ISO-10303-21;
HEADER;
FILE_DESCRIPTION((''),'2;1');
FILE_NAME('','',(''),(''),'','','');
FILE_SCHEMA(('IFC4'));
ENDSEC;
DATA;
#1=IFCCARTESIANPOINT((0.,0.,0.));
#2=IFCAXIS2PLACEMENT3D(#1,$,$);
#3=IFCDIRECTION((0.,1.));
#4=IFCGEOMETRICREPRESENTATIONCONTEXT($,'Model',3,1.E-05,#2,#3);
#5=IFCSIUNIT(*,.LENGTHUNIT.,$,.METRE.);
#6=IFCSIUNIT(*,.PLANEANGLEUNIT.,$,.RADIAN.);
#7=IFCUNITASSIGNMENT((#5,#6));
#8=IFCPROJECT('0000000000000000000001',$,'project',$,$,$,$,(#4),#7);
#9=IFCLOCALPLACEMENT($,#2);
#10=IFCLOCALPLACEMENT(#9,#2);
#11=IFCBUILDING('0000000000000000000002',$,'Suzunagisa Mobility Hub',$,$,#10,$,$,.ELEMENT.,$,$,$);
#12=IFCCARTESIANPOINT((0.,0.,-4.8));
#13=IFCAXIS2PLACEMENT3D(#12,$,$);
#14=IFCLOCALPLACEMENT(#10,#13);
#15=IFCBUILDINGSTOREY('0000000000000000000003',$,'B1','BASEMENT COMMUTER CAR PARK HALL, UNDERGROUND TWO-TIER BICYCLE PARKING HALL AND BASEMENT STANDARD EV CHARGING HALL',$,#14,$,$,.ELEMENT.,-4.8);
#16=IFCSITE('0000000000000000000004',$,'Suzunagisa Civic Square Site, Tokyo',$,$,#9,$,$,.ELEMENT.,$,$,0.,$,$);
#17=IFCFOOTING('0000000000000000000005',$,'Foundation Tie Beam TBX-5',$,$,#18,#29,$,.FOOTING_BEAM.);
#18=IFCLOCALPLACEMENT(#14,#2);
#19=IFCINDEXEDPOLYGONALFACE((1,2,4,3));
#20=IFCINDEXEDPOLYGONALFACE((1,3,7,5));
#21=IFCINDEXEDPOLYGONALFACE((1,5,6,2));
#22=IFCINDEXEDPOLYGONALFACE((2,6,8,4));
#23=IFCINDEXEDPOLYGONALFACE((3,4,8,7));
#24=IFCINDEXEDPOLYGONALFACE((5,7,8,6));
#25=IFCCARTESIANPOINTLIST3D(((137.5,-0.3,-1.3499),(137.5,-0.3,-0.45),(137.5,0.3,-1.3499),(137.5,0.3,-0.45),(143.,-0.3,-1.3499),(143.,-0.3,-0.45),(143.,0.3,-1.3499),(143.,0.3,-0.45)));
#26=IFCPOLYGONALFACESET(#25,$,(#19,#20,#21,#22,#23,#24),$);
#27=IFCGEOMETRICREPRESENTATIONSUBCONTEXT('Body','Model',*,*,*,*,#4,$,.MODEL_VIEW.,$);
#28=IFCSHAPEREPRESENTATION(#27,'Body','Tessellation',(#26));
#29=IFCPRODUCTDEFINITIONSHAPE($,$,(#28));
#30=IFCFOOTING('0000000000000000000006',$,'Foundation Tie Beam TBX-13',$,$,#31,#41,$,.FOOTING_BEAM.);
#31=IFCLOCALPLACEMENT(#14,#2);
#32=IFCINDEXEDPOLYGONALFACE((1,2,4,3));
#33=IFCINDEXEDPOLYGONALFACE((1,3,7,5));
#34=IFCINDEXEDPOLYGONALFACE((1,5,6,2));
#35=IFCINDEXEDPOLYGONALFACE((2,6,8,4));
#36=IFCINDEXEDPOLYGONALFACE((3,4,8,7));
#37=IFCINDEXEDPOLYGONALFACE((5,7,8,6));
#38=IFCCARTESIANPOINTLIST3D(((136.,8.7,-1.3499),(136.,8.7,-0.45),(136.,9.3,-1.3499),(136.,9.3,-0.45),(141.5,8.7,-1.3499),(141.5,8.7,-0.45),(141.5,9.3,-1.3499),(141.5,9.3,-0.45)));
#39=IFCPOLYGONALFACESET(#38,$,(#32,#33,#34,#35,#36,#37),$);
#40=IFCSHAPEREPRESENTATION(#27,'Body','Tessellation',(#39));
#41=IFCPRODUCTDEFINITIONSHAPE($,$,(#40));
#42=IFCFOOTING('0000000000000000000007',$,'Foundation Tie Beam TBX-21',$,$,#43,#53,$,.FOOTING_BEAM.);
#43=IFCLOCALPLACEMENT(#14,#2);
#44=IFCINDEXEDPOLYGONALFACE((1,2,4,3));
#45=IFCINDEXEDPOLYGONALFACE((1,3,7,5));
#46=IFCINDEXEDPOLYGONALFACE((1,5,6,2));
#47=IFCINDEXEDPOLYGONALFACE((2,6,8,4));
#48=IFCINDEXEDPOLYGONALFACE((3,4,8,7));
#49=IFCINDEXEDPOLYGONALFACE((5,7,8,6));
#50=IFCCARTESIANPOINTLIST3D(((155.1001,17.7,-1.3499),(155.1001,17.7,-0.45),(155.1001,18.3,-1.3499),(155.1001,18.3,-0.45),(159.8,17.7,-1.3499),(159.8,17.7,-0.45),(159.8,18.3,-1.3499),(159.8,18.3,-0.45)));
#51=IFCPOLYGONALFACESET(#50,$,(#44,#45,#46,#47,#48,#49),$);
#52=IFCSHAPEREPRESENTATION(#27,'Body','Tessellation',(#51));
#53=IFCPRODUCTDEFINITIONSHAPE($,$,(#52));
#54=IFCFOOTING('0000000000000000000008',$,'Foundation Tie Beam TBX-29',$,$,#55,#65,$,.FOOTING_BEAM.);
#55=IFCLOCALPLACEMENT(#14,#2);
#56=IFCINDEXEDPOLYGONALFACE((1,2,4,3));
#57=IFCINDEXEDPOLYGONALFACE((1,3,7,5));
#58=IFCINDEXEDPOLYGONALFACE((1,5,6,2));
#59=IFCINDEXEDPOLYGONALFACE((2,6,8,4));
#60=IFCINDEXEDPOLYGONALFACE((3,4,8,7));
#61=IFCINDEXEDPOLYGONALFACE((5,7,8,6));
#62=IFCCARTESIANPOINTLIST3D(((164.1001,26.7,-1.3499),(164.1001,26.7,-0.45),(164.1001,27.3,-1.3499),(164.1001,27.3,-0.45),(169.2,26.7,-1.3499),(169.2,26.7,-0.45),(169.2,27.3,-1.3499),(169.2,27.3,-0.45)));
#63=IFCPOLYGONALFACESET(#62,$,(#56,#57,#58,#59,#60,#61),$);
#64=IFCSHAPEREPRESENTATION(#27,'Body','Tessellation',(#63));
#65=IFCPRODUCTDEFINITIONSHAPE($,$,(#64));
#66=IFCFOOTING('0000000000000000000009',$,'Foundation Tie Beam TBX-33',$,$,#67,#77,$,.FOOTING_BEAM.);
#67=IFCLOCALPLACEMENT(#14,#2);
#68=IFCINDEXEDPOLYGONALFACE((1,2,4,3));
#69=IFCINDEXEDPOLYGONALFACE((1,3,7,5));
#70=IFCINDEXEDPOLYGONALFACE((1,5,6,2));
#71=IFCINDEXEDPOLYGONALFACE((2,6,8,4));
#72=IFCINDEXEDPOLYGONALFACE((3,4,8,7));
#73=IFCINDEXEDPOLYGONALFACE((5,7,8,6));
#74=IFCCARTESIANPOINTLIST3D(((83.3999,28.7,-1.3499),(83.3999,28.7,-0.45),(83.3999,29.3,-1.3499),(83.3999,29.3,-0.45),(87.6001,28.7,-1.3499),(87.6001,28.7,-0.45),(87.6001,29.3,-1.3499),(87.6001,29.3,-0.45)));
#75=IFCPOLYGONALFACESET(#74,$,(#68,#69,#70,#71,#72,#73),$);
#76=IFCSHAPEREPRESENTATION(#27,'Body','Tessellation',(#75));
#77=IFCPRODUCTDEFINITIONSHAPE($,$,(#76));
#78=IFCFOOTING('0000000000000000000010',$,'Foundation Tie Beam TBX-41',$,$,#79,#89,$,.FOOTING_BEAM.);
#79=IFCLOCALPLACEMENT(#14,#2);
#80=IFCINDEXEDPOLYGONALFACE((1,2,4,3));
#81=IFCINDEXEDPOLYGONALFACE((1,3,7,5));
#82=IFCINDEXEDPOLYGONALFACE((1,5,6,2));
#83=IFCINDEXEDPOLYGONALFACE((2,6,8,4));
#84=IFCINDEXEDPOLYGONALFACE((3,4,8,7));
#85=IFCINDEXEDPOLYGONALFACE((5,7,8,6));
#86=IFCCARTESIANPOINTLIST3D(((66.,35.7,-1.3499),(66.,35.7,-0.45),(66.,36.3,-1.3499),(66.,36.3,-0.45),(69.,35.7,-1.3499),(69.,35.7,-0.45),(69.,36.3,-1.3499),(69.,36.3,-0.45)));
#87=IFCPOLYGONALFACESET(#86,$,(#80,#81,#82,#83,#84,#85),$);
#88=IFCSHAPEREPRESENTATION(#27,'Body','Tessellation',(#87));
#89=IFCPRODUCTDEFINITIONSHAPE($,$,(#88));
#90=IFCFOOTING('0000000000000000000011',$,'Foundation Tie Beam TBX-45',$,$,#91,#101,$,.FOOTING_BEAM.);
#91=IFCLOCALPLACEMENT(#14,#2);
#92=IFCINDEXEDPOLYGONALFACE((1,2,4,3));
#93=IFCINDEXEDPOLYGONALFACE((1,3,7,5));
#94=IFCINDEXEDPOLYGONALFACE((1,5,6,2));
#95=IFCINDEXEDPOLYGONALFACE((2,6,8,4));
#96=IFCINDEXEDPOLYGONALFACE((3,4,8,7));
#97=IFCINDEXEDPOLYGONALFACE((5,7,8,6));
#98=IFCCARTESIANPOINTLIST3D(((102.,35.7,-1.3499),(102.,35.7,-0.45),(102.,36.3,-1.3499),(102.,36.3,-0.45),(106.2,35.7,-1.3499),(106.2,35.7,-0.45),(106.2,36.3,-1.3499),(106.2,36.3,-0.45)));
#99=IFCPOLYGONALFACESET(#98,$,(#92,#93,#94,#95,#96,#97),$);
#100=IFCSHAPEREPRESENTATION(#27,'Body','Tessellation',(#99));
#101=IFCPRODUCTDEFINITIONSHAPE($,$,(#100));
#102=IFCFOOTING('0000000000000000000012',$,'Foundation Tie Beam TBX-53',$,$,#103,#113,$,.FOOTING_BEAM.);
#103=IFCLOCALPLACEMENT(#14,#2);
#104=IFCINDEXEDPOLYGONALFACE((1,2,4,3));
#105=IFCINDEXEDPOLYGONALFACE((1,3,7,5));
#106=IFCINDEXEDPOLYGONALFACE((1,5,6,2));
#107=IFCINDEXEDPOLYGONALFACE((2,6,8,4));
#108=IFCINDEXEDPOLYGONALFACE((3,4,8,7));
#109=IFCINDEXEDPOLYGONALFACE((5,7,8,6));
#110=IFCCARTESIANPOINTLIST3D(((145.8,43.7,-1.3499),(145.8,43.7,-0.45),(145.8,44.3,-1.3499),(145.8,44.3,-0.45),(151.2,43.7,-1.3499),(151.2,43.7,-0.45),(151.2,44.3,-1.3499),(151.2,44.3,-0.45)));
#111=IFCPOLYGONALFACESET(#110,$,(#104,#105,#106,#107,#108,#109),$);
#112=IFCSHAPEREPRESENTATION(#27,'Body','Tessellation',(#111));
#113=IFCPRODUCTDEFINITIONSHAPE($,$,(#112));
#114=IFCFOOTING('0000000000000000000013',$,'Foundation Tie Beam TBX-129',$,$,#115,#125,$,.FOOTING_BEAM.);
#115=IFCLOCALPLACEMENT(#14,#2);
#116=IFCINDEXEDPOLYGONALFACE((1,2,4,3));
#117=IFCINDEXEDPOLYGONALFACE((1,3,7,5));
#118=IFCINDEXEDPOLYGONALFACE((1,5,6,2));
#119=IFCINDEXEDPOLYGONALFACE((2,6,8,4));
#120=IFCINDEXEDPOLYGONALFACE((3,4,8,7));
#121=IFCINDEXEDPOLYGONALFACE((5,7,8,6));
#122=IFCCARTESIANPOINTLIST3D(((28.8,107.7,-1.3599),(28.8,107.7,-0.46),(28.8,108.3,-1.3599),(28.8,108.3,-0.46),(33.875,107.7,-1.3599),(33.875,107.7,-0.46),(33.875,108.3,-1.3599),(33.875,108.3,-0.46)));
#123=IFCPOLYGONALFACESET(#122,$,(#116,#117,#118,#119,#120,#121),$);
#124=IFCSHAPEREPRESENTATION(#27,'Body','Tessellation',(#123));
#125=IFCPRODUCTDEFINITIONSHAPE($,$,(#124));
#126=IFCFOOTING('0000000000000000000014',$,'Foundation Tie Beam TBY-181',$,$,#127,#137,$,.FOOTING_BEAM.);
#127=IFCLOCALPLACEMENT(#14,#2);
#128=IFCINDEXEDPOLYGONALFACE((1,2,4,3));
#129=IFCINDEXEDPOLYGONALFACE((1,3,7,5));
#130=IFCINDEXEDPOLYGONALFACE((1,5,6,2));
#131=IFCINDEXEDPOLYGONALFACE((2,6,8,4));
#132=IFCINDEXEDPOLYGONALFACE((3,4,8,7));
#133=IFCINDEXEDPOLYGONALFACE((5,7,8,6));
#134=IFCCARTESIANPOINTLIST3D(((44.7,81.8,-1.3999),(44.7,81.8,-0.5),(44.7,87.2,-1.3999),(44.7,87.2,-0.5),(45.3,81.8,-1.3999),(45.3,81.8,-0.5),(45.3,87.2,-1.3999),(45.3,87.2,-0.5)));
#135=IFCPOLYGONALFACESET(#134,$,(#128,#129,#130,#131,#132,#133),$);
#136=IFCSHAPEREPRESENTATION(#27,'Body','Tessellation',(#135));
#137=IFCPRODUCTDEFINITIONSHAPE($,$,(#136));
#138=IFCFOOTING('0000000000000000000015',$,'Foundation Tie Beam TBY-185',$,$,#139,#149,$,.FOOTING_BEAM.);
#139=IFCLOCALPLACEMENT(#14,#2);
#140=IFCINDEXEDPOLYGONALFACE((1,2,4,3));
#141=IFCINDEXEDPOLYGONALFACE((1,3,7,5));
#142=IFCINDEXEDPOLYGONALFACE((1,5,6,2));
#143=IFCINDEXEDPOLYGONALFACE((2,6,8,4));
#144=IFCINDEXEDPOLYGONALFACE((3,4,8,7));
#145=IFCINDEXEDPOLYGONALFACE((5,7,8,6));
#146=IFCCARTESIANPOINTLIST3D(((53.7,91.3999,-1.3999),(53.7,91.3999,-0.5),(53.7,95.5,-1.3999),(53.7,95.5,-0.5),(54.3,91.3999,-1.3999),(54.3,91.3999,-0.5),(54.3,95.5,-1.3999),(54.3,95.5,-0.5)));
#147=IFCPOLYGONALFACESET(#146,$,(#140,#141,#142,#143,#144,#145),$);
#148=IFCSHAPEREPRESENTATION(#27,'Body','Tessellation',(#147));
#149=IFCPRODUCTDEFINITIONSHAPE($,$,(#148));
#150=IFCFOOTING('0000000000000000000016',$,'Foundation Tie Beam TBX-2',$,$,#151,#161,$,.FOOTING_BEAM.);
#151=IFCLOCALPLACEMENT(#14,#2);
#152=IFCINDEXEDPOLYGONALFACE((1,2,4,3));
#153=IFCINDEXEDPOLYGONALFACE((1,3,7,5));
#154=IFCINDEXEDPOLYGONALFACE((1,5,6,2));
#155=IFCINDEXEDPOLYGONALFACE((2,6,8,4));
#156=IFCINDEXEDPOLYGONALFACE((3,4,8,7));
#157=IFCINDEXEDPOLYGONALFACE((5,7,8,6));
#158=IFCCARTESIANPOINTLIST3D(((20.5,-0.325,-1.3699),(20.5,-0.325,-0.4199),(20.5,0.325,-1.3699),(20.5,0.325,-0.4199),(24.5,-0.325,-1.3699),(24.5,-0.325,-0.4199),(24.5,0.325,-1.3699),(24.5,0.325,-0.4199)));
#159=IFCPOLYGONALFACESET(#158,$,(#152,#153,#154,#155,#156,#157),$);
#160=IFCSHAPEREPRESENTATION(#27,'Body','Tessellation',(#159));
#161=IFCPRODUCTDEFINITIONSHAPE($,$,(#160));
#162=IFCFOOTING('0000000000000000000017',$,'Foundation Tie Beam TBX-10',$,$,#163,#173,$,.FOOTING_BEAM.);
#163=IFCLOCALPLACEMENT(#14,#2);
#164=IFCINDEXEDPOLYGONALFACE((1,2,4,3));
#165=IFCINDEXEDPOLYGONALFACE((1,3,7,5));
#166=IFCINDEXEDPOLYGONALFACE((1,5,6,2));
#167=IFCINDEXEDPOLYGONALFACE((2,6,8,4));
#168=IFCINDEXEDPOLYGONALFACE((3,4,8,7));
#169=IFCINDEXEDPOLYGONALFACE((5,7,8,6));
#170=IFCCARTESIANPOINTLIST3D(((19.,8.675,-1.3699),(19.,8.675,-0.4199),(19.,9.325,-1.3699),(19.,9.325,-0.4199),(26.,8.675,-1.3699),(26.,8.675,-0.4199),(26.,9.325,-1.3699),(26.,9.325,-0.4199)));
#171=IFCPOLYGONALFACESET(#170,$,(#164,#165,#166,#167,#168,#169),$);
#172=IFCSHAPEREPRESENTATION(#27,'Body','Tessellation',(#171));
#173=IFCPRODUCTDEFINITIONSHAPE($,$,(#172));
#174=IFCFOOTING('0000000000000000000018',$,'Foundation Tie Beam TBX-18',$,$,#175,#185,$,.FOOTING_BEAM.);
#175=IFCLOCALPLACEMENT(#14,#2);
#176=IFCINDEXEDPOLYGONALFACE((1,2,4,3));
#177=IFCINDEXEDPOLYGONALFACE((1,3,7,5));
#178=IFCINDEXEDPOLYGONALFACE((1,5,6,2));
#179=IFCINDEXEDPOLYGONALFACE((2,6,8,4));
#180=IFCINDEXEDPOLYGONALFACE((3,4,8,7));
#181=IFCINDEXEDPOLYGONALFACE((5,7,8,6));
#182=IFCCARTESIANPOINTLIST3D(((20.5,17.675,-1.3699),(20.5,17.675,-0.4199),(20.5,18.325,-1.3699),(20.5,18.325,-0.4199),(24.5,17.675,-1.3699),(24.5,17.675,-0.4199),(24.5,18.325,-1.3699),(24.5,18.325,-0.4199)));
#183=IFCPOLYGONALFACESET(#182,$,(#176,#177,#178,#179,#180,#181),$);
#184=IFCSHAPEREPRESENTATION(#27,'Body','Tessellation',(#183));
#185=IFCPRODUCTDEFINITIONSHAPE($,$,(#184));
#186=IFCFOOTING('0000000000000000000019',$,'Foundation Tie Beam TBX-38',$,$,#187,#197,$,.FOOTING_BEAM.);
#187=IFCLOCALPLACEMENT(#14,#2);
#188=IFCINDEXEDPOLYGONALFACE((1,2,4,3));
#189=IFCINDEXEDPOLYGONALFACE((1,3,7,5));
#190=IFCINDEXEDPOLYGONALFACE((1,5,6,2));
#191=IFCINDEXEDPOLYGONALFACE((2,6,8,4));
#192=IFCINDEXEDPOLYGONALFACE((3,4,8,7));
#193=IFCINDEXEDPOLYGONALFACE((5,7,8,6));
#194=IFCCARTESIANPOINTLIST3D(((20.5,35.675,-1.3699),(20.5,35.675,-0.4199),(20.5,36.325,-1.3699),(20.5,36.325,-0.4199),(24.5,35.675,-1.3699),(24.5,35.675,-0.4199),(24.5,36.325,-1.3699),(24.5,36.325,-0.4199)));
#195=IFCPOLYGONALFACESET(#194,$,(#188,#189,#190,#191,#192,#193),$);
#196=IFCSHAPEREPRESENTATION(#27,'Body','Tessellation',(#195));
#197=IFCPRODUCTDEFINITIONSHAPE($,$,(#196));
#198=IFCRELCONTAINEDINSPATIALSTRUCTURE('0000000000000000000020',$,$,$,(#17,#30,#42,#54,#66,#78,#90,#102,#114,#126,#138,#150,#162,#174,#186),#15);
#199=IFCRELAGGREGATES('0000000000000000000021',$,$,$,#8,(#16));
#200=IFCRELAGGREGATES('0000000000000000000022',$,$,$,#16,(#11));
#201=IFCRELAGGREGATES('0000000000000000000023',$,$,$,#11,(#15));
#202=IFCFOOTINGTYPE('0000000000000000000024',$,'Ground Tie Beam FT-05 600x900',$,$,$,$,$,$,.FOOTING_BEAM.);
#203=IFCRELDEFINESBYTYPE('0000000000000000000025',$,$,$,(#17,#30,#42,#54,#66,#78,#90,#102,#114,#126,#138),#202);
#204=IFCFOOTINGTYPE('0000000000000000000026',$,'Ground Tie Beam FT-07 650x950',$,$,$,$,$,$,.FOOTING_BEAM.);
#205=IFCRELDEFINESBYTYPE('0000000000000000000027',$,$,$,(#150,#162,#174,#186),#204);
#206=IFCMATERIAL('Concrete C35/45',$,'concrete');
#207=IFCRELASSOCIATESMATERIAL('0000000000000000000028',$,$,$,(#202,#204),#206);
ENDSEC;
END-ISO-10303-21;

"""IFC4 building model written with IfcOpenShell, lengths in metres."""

from ifc_helpers import new_model, si_unit, direction, frame, origin, place, context, subcontext, project, spatial, polyline, outline, extrude, material, type_object, element, save


model = new_model("IFC4")

# Units and contexts
model_context = context("Model", 3, precision=1e-05, world=origin(), true_north=direction((0.0, 1.0)))
body_context = subcontext(model_context, "Body", "Model", "MODEL_VIEW")
ifc_project = project(units=[si_unit("LENGTHUNIT", "METRE"), si_unit("PLANEANGLEUNIT", "RADIAN")], contexts=[model_context])

# Site, building, storey
site_placement = place(None, origin())
site = spatial("IfcSite", under=ifc_project, at=site_placement, Name="Suzunagisa Civic Square Site, Tokyo", CompositionType="ELEMENT", RefElevation=0.0)
building_placement = place(site_placement, origin())
building = spatial("IfcBuilding", under=site, at=building_placement, Name="Suzunagisa Mobility Hub", CompositionType="ELEMENT")
storey_placement = place(building_placement, frame((0.0, 0.0, -4.8)))
storey = spatial("IfcBuildingStorey", under=building, at=storey_placement, Name="B1", Description="BASEMENT COMMUTER CAR PARK HALL, UNDERGROUND TWO-TIER BICYCLE PARKING HALL AND BASEMENT STANDARD EV CHARGING HALL", CompositionType="ELEMENT", Elevation=-4.8)

# Footings
ifc_material = material(Name="Concrete C35/45", Category="concrete")
footing_type_1 = type_object("IfcFootingType", Name="Ground Tie Beam FT-05 600x900", PredefinedType="FOOTING_BEAM", material=ifc_material)
footing_1_placement = place(storey_placement, frame((0.0, 0.0, -1.3499)))
element("IfcFooting", 1, at=footing_1_placement, inside=storey, type_object=footing_type_1, Name="Foundation Tie Beam TBX-5", PredefinedType="FOOTING_BEAM", context=body_context, shape_type="SweptSolid", body=[
    extrude(outline(polyline([(137.5, -0.3), (143.0, -0.3), (143.0, 0.3), (137.5, 0.3), (137.5, -0.3)])), origin(), (0.0, 0.0, 1.0), 0.8999),
])
footing_2_placement = place(storey_placement, frame((0.0, 0.0, -1.3499)))
element("IfcFooting", 2, at=footing_2_placement, inside=storey, type_object=footing_type_1, Name="Foundation Tie Beam TBX-13", PredefinedType="FOOTING_BEAM", context=body_context, shape_type="SweptSolid", body=[
    extrude(outline(polyline([(136.0, 8.7), (141.5, 8.7), (141.5, 9.3), (136.0, 9.3), (136.0, 8.7)])), origin(), (0.0, 0.0, 1.0), 0.8999),
])
footing_3_placement = place(storey_placement, frame((0.0, 0.0, -1.3499)))
element("IfcFooting", 3, at=footing_3_placement, inside=storey, type_object=footing_type_1, Name="Foundation Tie Beam TBX-21", PredefinedType="FOOTING_BEAM", context=body_context, shape_type="SweptSolid", body=[
    extrude(outline(polyline([(155.1001, 17.7), (159.8, 17.7), (159.8, 18.3), (155.1001, 18.3), (155.1001, 17.7)])), origin(), (0.0, 0.0, 1.0), 0.8999),
])
footing_4_placement = place(storey_placement, frame((0.0, 0.0, -1.3499)))
element("IfcFooting", 4, at=footing_4_placement, inside=storey, type_object=footing_type_1, Name="Foundation Tie Beam TBX-29", PredefinedType="FOOTING_BEAM", context=body_context, shape_type="SweptSolid", body=[
    extrude(outline(polyline([(164.1001, 26.7), (169.2, 26.7), (169.2, 27.3), (164.1001, 27.3), (164.1001, 26.7)])), origin(), (0.0, 0.0, 1.0), 0.8999),
])
footing_5_placement = place(storey_placement, frame((0.0, 0.0, -1.3499)))
element("IfcFooting", 5, at=footing_5_placement, inside=storey, type_object=footing_type_1, Name="Foundation Tie Beam TBX-33", PredefinedType="FOOTING_BEAM", context=body_context, shape_type="SweptSolid", body=[
    extrude(outline(polyline([(83.3999, 28.7), (87.6001, 28.7), (87.6001, 29.3), (83.3999, 29.3), (83.3999, 28.7)])), origin(), (0.0, 0.0, 1.0), 0.8999),
])
footing_6_placement = place(storey_placement, frame((0.0, 0.0, -1.3499)))
element("IfcFooting", 6, at=footing_6_placement, inside=storey, type_object=footing_type_1, Name="Foundation Tie Beam TBX-41", PredefinedType="FOOTING_BEAM", context=body_context, shape_type="SweptSolid", body=[
    extrude(outline(polyline([(66.0, 35.7), (69.0, 35.7), (69.0, 36.3), (66.0, 36.3), (66.0, 35.7)])), origin(), (0.0, 0.0, 1.0), 0.8999),
])
footing_7_placement = place(storey_placement, frame((0.0, 0.0, -1.3499)))
element("IfcFooting", 7, at=footing_7_placement, inside=storey, type_object=footing_type_1, Name="Foundation Tie Beam TBX-45", PredefinedType="FOOTING_BEAM", context=body_context, shape_type="SweptSolid", body=[
    extrude(outline(polyline([(102.0, 35.7), (106.2, 35.7), (106.2, 36.3), (102.0, 36.3), (102.0, 35.7)])), origin(), (0.0, 0.0, 1.0), 0.8999),
])
footing_8_placement = place(storey_placement, frame((0.0, 0.0, -1.3499)))
element("IfcFooting", 8, at=footing_8_placement, inside=storey, type_object=footing_type_1, Name="Foundation Tie Beam TBX-53", PredefinedType="FOOTING_BEAM", context=body_context, shape_type="SweptSolid", body=[
    extrude(outline(polyline([(145.8, 43.7), (151.2, 43.7), (151.2, 44.3), (145.8, 44.3), (145.8, 43.7)])), origin(), (0.0, 0.0, 1.0), 0.8999),
])
footing_9_placement = place(storey_placement, frame((0.0, 0.0, -1.3599)))
element("IfcFooting", 9, at=footing_9_placement, inside=storey, type_object=footing_type_1, Name="Foundation Tie Beam TBX-129", PredefinedType="FOOTING_BEAM", context=body_context, shape_type="SweptSolid", body=[
    extrude(outline(polyline([(28.8, 107.7), (33.875, 107.7), (33.875, 108.3), (28.8, 108.3), (28.8, 107.7)])), origin(), (0.0, 0.0, 1.0), 0.8999),
])
footing_10_placement = place(storey_placement, frame((0.0, 0.0, -1.3999)))
element("IfcFooting", 10, at=footing_10_placement, inside=storey, type_object=footing_type_1, Name="Foundation Tie Beam TBY-181", PredefinedType="FOOTING_BEAM", context=body_context, shape_type="SweptSolid", body=[
    extrude(outline(polyline([(44.7, 81.8), (45.3, 81.8), (45.3, 87.2), (44.7, 87.2), (44.7, 81.8)])), origin(), (0.0, 0.0, 1.0), 0.8999),
])
footing_11_placement = place(storey_placement, frame((0.0, 0.0, -1.3999)))
element("IfcFooting", 11, at=footing_11_placement, inside=storey, type_object=footing_type_1, Name="Foundation Tie Beam TBY-185", PredefinedType="FOOTING_BEAM", context=body_context, shape_type="SweptSolid", body=[
    extrude(outline(polyline([(53.7, 91.3999), (54.3, 91.3999), (54.3, 95.5), (53.7, 95.5), (53.7, 91.3999)])), origin(), (0.0, 0.0, 1.0), 0.8999),
])
footing_type_2 = type_object("IfcFootingType", Name="Ground Tie Beam FT-07 650x950", PredefinedType="FOOTING_BEAM", material=ifc_material)
footing_12_placement = place(storey_placement, frame((0.0, 0.0, -1.3699)))
element("IfcFooting", 12, at=footing_12_placement, inside=storey, type_object=footing_type_2, Name="Foundation Tie Beam TBX-2", PredefinedType="FOOTING_BEAM", context=body_context, shape_type="SweptSolid", body=[
    extrude(outline(polyline([(20.5, -0.325), (24.5, -0.325), (24.5, 0.325), (20.5, 0.325), (20.5, -0.325)])), origin(), (0.0, 0.0, 1.0), 0.95),
])
footing_13_placement = place(storey_placement, frame((0.0, 0.0, -1.3699)))
element("IfcFooting", 13, at=footing_13_placement, inside=storey, type_object=footing_type_2, Name="Foundation Tie Beam TBX-10", PredefinedType="FOOTING_BEAM", context=body_context, shape_type="SweptSolid", body=[
    extrude(outline(polyline([(19.0, 8.675), (26.0, 8.675), (26.0, 9.325), (19.0, 9.325), (19.0, 8.675)])), origin(), (0.0, 0.0, 1.0), 0.95),
])
footing_14_placement = place(storey_placement, frame((0.0, 0.0, -1.3699)))
element("IfcFooting", 14, at=footing_14_placement, inside=storey, type_object=footing_type_2, Name="Foundation Tie Beam TBX-18", PredefinedType="FOOTING_BEAM", context=body_context, shape_type="SweptSolid", body=[
    extrude(outline(polyline([(20.5, 17.675), (24.5, 17.675), (24.5, 18.325), (20.5, 18.325), (20.5, 17.675)])), origin(), (0.0, 0.0, 1.0), 0.95),
])
footing_15_placement = place(storey_placement, frame((0.0, 0.0, -1.3699)))
element("IfcFooting", 15, at=footing_15_placement, inside=storey, type_object=footing_type_2, Name="Foundation Tie Beam TBX-38", PredefinedType="FOOTING_BEAM", context=body_context, shape_type="SweptSolid", body=[
    extrude(outline(polyline([(20.5, 35.675), (24.5, 35.675), (24.5, 36.325), (20.5, 36.325), (20.5, 35.675)])), origin(), (0.0, 0.0, 1.0), 0.95),
])

save(model, "model.ifc")
